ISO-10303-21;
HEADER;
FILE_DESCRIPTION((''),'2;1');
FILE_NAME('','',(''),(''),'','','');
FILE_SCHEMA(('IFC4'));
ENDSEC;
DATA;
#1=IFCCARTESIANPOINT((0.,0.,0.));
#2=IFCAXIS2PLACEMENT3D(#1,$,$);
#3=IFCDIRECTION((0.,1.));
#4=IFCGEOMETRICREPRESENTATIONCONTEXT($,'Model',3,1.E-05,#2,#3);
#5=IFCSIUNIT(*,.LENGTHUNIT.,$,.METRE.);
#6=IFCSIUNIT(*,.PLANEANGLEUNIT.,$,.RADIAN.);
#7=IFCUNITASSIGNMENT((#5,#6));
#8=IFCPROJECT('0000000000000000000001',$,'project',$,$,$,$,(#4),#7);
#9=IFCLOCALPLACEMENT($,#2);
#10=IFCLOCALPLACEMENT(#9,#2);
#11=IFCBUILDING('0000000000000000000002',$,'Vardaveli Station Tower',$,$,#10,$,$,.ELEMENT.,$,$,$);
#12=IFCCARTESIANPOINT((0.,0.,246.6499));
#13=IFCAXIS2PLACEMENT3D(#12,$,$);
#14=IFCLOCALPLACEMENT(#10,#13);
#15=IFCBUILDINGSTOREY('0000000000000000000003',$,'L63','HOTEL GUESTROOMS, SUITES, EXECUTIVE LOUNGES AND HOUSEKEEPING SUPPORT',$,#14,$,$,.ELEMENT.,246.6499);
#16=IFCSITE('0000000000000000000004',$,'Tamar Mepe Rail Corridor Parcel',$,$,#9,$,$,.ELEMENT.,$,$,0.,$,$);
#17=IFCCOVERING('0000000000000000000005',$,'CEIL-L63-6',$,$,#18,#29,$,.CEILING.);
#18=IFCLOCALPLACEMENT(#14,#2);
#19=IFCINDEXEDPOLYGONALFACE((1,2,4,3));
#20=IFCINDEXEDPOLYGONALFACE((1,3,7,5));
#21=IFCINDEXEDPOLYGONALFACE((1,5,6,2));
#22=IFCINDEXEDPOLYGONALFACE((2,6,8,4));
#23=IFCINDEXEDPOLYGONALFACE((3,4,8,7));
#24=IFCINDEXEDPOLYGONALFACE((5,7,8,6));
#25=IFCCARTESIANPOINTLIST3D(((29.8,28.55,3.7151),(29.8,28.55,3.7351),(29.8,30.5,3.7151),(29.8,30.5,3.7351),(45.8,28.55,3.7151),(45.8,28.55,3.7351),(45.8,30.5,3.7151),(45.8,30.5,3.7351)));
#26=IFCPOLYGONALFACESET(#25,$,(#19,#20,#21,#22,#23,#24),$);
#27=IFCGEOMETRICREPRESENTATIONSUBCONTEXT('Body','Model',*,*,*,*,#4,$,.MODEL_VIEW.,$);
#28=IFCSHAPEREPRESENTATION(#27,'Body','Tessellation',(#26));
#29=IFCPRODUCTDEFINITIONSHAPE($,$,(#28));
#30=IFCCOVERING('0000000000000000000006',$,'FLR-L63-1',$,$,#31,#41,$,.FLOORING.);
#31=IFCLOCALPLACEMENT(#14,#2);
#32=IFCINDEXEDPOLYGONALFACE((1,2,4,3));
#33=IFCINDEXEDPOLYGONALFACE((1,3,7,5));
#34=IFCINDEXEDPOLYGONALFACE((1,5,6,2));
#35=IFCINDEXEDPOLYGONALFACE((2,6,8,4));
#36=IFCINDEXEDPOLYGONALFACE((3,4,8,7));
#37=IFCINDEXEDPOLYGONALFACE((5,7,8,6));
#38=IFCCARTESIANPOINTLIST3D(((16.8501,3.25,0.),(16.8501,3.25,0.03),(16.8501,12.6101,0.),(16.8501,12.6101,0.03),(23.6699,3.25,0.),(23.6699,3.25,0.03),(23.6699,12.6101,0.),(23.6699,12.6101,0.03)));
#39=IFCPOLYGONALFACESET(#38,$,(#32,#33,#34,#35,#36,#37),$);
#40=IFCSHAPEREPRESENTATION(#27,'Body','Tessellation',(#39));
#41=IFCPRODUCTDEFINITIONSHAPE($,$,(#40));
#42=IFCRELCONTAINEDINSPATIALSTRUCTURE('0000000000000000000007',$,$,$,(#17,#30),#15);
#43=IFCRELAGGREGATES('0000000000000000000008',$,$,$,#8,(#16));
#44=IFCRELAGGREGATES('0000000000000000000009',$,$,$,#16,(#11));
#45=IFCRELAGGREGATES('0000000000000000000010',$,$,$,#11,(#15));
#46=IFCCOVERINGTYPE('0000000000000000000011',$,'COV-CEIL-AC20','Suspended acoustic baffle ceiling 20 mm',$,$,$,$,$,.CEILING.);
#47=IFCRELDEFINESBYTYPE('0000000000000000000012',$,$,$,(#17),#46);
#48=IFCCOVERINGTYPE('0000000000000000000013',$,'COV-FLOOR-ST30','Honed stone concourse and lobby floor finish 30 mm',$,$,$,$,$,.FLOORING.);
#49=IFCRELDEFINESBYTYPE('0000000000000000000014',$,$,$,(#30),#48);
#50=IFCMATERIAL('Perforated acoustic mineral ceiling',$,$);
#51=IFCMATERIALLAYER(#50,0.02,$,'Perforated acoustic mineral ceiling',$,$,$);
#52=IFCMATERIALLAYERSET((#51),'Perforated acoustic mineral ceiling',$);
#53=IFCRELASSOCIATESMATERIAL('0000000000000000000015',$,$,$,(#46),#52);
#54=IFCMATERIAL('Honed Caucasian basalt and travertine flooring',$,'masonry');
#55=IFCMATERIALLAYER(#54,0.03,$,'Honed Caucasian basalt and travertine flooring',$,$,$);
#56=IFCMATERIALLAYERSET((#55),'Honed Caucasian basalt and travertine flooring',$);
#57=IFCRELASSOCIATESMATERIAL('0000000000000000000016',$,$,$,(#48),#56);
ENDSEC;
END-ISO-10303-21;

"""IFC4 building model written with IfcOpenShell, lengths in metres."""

from ifc_helpers import new_model, si_unit, direction, frame, origin, place, context, subcontext, project, spatial, polyline, outline, extrude, material, layer, layer_set, type_object, element, save


model = new_model("IFC4")

# Units and contexts
model_context = context("Model", 3, precision=1e-05, world=origin(), true_north=direction((0.0, 1.0)))
body_context = subcontext(model_context, "Body", "Model", "MODEL_VIEW")
ifc_project = project(units=[si_unit("LENGTHUNIT", "METRE"), si_unit("PLANEANGLEUNIT", "RADIAN")], contexts=[model_context])

# Site, building, storey
site_placement = place(None, origin())
site = spatial("IfcSite", under=ifc_project, at=site_placement, Name="Tamar Mepe Rail Corridor Parcel", CompositionType="ELEMENT", RefElevation=0.0)
building_placement = place(site_placement, origin())
building = spatial("IfcBuilding", under=site, at=building_placement, Name="Vardaveli Station Tower", CompositionType="ELEMENT")
storey_placement = place(building_placement, frame((0.0, 0.0, 246.6499)))
storey = spatial("IfcBuildingStorey", under=building, at=storey_placement, Name="L63", Description="HOTEL GUESTROOMS, SUITES, EXECUTIVE LOUNGES AND HOUSEKEEPING SUPPORT", CompositionType="ELEMENT", Elevation=246.6499)

# Coverings
ifc_material_1 = material(Name="Perforated acoustic mineral ceiling")
ifc_layer_1 = layer(ifc_material_1, 0.02, Name="Perforated acoustic mineral ceiling")
ifc_layer_set_1 = layer_set([ifc_layer_1], Name="Perforated acoustic mineral ceiling")
covering_type_1 = type_object("IfcCoveringType", Name="COV-CEIL-AC20", Description="Suspended acoustic baffle ceiling 20 mm", PredefinedType="CEILING", material=ifc_layer_set_1)
covering_1_placement = place(storey_placement, frame((0.0, 0.0, 3.7151)))
element("IfcCovering", 1, at=covering_1_placement, inside=storey, type_object=covering_type_1, Name="CEIL-L63-6", PredefinedType="CEILING", context=body_context, shape_type="SweptSolid", body=[
    extrude(outline(polyline([(29.8, 28.55), (45.8, 28.55), (45.8, 30.5), (29.8, 30.5), (29.8, 28.55)])), origin(), (0.0, 0.0, 1.0), 0.02),
])
ifc_material_2 = material(Name="Honed Caucasian basalt and travertine flooring", Category="masonry")
ifc_layer_2 = layer(ifc_material_2, 0.03, Name="Honed Caucasian basalt and travertine flooring")
ifc_layer_set_2 = layer_set([ifc_layer_2], Name="Honed Caucasian basalt and travertine flooring")
covering_type_2 = type_object("IfcCoveringType", Name="COV-FLOOR-ST30", Description="Honed stone concourse and lobby floor finish 30 mm", PredefinedType="FLOORING", material=ifc_layer_set_2)
covering_2_placement = place(storey_placement, origin())
element("IfcCovering", 2, at=covering_2_placement, inside=storey, type_object=covering_type_2, Name="FLR-L63-1", PredefinedType="FLOORING", context=body_context, shape_type="SweptSolid", body=[
    extrude(outline(polyline([(16.8501, 3.25), (23.6699, 3.25), (23.6699, 12.6101), (16.8501, 12.6101), (16.8501, 3.25)])), origin(), (0.0, 0.0, 1.0), 0.03),
])

save(model, "model.ifc")
